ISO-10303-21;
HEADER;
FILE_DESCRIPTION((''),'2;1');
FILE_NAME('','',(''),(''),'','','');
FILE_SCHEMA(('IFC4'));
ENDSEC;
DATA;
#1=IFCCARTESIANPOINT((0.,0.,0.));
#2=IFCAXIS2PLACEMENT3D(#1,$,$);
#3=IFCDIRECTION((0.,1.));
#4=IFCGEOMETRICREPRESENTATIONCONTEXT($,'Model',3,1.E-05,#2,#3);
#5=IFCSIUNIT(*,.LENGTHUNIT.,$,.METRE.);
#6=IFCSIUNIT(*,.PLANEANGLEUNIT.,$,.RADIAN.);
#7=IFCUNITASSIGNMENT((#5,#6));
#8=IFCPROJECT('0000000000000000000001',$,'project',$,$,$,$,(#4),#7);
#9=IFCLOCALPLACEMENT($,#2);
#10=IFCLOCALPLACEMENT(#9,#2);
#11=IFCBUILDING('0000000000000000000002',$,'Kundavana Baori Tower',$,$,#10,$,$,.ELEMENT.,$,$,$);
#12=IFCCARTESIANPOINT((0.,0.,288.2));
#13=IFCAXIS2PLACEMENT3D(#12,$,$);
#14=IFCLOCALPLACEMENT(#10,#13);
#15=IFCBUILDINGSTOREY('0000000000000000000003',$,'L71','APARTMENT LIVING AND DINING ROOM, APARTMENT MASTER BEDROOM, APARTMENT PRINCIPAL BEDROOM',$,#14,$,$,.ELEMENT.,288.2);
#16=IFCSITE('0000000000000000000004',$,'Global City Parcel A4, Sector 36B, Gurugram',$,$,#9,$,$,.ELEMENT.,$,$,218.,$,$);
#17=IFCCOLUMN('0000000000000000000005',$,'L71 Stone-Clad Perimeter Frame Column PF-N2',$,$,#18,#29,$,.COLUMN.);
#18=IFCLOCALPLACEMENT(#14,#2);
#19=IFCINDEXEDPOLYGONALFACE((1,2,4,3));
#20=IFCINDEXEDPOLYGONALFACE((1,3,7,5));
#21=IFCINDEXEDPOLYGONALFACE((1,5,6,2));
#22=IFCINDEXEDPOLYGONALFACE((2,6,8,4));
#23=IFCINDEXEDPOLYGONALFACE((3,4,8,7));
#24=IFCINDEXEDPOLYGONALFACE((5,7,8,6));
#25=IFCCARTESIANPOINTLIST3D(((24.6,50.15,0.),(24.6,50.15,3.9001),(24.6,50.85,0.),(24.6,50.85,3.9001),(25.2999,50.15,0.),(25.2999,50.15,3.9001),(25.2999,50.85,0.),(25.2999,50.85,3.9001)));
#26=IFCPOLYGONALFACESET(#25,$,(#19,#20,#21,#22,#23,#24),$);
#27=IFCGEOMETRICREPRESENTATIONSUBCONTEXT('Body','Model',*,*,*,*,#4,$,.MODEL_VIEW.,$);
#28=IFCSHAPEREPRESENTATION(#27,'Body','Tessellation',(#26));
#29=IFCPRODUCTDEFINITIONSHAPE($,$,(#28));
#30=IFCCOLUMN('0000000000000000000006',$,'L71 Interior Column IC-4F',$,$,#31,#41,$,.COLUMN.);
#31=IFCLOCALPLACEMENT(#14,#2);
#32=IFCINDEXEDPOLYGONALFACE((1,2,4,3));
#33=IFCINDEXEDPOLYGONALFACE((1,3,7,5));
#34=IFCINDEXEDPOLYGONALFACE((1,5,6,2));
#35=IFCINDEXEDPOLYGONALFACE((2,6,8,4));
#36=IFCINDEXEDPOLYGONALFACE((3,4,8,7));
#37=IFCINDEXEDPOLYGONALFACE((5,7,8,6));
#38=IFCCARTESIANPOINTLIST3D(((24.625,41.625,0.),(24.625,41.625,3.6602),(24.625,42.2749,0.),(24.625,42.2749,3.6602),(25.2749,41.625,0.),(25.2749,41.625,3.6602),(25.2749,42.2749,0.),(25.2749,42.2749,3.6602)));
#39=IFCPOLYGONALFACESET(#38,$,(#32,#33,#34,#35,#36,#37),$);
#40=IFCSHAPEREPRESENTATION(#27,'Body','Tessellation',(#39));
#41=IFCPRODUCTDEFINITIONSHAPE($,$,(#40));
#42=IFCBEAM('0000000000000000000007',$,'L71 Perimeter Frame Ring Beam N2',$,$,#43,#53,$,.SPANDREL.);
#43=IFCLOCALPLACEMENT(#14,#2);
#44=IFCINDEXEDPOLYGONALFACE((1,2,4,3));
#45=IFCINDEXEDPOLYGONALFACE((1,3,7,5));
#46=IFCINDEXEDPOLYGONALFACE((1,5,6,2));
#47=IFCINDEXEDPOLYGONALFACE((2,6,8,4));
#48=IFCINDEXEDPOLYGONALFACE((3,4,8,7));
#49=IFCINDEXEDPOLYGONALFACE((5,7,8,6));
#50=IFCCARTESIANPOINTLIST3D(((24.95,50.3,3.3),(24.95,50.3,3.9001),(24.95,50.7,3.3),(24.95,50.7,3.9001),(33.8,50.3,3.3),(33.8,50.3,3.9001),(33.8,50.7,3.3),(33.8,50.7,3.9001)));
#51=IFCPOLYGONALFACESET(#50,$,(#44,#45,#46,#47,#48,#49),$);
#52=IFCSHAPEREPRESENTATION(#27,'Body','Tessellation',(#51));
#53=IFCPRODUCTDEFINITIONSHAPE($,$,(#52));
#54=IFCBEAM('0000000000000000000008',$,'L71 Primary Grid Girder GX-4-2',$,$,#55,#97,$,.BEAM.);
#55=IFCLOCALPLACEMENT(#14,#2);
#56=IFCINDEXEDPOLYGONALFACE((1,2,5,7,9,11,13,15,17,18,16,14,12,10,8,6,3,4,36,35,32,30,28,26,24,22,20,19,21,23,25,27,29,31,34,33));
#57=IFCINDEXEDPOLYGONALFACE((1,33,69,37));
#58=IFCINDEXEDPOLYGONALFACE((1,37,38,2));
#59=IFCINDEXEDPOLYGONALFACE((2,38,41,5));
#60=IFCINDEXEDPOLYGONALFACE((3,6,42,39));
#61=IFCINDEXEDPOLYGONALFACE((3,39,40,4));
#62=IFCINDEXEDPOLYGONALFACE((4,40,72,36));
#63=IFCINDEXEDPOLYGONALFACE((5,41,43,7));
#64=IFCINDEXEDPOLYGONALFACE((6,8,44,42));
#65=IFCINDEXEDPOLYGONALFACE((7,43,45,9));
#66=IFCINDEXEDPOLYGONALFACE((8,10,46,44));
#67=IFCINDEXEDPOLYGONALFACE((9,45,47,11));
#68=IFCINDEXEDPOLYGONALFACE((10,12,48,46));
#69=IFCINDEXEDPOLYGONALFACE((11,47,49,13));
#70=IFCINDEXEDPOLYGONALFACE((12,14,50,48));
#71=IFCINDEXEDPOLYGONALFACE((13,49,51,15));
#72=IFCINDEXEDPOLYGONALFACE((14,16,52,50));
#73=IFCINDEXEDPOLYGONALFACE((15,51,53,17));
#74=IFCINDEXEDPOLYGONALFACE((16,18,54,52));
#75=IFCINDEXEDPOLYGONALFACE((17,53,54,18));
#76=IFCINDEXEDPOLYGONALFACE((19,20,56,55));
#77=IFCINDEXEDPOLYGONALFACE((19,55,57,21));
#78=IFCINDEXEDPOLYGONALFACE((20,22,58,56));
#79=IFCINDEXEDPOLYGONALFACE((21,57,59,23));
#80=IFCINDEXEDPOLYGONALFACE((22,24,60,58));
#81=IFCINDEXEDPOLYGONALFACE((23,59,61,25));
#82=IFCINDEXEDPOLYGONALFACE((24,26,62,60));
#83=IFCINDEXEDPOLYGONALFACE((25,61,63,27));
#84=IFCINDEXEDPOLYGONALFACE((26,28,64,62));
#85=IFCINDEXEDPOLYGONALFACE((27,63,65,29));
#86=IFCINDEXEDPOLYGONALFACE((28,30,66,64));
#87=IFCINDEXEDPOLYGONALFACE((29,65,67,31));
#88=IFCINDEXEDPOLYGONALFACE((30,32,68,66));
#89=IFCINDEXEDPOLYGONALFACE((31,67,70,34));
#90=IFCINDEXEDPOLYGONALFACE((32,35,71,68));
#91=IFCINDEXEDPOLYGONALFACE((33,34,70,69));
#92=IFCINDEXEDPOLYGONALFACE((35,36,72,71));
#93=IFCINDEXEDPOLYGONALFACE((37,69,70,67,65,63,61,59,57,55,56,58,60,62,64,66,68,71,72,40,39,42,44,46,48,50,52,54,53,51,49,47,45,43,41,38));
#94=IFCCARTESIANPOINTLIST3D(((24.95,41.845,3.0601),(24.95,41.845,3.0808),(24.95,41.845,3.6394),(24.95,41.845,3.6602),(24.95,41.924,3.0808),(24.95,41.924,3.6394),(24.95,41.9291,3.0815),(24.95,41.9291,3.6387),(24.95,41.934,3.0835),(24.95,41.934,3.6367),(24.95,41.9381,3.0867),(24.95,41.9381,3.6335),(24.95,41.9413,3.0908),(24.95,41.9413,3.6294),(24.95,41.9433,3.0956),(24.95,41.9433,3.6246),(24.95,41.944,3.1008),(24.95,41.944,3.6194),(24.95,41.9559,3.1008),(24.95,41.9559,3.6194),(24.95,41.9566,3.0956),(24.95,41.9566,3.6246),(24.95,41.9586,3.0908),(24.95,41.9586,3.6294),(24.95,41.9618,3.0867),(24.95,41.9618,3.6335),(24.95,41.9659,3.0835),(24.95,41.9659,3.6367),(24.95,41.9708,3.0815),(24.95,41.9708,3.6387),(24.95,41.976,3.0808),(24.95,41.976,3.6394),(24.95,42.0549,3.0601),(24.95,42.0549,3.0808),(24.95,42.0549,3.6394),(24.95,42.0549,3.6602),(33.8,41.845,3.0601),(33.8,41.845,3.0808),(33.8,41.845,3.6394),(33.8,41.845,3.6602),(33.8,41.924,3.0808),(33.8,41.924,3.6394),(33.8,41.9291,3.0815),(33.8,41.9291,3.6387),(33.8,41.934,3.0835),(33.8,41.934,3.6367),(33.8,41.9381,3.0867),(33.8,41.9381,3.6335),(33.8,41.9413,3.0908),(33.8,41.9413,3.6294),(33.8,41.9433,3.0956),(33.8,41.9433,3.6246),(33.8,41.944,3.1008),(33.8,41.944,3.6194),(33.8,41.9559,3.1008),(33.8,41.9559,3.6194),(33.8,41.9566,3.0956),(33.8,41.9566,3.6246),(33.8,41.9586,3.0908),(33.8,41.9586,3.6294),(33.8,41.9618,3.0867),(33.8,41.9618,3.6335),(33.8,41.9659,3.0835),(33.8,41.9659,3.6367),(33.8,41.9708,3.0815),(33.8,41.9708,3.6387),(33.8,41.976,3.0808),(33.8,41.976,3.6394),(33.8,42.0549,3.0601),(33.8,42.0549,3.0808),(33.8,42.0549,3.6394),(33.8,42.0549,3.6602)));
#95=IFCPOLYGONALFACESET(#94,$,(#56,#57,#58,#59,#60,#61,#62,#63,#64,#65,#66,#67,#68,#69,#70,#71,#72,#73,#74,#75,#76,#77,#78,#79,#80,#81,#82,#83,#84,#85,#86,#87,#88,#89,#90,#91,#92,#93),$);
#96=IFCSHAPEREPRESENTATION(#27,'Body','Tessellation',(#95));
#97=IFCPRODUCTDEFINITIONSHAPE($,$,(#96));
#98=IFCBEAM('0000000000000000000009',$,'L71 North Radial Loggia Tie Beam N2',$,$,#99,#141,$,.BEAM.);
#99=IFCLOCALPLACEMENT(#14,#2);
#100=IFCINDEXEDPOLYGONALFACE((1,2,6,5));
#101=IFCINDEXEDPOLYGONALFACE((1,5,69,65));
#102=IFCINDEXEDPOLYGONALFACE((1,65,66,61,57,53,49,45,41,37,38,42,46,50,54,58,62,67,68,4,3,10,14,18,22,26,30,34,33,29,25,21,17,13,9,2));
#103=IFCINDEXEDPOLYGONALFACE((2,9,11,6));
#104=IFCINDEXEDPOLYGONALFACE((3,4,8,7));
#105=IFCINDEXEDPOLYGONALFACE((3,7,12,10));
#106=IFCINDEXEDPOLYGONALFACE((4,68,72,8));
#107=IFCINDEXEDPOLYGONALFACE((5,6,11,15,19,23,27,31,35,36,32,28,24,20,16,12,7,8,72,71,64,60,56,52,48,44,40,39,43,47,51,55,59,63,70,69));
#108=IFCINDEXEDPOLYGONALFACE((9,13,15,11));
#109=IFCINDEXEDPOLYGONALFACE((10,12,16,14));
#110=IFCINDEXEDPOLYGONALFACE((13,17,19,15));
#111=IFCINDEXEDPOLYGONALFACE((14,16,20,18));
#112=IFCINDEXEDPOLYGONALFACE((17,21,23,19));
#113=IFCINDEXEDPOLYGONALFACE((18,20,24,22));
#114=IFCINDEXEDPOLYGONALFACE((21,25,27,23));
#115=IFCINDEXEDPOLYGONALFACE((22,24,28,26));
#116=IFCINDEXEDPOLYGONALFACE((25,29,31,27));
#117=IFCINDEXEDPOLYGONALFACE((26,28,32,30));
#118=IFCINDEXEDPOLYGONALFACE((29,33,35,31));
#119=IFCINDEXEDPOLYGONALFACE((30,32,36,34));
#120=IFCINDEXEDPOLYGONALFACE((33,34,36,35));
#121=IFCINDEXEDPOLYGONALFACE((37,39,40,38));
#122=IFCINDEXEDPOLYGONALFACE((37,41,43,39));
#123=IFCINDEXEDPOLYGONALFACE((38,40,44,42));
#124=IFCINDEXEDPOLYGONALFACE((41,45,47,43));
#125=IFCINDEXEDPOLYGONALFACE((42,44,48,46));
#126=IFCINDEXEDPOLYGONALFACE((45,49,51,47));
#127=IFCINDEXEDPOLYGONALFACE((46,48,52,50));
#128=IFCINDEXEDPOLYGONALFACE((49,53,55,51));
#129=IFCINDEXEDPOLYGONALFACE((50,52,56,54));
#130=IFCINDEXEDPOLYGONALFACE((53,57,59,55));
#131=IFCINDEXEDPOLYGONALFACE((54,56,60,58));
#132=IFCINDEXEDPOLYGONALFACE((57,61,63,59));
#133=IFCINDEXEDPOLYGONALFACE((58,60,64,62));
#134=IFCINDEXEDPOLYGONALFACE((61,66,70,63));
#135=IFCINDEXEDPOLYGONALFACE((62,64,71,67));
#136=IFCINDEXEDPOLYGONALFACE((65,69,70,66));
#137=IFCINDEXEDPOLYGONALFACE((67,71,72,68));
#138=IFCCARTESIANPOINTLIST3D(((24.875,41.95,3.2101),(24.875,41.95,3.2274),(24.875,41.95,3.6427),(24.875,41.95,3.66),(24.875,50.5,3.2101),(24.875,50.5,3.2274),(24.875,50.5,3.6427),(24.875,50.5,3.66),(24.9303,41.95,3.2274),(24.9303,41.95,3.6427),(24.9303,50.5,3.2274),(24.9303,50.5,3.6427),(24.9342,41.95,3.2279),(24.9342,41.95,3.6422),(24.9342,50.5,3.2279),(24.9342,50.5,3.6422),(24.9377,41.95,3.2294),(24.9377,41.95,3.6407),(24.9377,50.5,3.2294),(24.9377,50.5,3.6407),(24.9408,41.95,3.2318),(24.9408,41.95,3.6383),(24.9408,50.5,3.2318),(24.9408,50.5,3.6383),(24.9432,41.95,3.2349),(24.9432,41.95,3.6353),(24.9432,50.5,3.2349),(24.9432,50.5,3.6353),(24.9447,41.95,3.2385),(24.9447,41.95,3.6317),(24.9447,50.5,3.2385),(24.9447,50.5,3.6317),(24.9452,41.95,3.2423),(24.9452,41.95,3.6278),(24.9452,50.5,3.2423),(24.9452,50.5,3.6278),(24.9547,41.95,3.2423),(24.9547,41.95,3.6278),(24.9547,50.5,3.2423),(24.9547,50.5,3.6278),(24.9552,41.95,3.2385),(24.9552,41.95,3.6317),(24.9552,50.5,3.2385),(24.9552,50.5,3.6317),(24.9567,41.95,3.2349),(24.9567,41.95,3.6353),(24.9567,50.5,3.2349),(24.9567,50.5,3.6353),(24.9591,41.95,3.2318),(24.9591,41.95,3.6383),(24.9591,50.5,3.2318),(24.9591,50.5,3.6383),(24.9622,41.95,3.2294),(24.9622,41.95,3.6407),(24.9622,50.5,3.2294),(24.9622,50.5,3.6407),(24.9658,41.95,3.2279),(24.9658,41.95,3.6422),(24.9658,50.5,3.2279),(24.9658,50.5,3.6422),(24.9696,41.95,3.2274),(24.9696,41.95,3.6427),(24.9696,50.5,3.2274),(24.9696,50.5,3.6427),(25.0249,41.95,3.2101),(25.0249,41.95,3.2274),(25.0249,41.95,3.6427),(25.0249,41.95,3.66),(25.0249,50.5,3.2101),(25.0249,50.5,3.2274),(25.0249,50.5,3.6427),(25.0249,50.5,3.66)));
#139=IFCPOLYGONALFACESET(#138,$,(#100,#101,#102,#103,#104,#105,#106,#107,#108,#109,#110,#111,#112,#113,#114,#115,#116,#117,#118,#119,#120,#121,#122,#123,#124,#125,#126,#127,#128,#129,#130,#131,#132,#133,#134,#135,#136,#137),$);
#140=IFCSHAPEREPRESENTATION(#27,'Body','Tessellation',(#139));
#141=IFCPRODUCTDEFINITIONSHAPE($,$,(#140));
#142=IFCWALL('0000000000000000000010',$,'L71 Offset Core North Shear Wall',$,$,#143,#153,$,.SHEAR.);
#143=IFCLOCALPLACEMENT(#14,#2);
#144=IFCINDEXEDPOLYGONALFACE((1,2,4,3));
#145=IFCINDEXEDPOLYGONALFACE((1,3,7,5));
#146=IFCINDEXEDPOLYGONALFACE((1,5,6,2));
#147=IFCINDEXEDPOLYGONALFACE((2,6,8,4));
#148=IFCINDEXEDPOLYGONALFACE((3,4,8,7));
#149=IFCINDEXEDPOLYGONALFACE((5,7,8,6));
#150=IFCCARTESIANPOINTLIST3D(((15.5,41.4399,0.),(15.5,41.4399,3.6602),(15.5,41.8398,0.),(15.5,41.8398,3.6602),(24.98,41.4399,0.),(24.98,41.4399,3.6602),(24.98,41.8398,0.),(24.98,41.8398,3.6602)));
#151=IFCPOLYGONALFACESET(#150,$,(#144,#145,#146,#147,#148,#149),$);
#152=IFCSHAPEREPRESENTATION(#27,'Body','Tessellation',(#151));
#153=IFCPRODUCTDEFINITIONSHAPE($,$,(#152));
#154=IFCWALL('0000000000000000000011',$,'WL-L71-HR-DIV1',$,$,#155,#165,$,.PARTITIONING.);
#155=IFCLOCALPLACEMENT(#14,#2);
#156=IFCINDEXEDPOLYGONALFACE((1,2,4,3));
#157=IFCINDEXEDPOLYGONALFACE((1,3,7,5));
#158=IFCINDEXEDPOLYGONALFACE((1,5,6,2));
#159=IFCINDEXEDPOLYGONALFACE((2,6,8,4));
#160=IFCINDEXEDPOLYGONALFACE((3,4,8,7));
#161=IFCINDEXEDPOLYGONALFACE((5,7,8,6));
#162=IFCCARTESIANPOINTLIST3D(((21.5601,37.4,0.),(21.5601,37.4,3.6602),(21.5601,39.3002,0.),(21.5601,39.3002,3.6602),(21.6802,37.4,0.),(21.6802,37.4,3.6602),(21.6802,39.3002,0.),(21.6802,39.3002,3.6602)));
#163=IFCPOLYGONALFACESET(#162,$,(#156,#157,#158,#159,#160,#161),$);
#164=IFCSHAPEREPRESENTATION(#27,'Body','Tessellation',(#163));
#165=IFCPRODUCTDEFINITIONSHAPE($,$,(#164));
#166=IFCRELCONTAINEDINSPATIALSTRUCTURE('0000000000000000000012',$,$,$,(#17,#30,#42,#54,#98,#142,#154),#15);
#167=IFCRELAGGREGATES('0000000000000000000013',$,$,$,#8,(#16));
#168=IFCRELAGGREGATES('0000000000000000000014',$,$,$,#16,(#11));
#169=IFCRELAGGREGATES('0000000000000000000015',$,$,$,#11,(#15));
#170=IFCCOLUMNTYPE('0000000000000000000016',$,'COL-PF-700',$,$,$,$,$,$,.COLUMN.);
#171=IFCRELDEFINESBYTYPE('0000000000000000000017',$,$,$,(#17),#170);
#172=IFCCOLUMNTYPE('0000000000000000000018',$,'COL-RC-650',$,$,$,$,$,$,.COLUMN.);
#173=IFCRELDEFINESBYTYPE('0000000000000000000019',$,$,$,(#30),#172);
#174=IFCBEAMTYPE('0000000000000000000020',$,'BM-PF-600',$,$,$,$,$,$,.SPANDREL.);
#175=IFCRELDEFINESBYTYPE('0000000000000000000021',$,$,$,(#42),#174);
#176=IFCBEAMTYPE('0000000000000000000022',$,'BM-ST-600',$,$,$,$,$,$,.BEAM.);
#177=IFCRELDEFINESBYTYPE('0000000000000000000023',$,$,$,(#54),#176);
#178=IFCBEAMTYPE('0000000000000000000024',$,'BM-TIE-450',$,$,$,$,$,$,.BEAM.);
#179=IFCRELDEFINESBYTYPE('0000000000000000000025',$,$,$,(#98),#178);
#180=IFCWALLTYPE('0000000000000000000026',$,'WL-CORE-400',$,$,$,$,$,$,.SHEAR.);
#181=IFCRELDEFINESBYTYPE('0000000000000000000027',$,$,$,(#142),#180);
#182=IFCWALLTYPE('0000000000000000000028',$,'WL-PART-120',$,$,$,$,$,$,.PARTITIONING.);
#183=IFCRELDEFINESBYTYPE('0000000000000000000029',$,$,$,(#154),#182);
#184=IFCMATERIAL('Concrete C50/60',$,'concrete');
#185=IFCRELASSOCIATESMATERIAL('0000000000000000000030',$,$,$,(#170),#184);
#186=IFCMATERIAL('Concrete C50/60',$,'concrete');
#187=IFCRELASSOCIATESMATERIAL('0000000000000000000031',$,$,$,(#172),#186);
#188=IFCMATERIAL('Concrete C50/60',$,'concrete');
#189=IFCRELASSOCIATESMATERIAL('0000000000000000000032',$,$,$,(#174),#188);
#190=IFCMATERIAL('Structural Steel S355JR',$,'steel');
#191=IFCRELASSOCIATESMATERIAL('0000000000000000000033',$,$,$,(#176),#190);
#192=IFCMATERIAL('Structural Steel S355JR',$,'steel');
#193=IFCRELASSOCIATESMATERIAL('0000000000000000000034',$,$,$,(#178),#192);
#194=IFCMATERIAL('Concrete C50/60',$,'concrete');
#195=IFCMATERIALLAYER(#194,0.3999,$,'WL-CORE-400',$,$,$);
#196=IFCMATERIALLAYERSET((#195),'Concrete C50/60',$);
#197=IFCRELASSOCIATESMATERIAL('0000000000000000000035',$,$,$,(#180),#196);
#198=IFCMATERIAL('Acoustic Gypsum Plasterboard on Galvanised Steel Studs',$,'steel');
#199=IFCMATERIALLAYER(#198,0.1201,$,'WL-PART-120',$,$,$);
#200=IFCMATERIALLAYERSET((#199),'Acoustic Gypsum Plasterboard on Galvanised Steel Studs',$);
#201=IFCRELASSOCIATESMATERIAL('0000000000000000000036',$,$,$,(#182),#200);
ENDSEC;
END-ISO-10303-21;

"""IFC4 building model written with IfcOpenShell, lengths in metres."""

from ifc_helpers import new_model, si_unit, direction, frame, frame_2d, origin, origin_2d, place, context, subcontext, project, spatial, rectangle, i_section, extrude, material, layer, layer_set, material_profile, profile_set, type_object, element, save


model = new_model("IFC4")

# Units and contexts
model_context = context("Model", 3, precision=1e-05, world=origin(), true_north=direction((0.0, 1.0)))
body_context = subcontext(model_context, "Body", "Model", "MODEL_VIEW")
ifc_project = project(units=[si_unit("LENGTHUNIT", "METRE"), si_unit("PLANEANGLEUNIT", "RADIAN")], contexts=[model_context])

# Site, building, storey
site_placement = place(None, origin())
site = spatial("IfcSite", under=ifc_project, at=site_placement, Name="Global City Parcel A4, Sector 36B, Gurugram", CompositionType="ELEMENT", RefElevation=218.0)
building_placement = place(site_placement, origin())
building = spatial("IfcBuilding", under=site, at=building_placement, Name="Kundavana Baori Tower", CompositionType="ELEMENT")
storey_placement = place(building_placement, frame((0.0, 0.0, 288.2)))
storey = spatial("IfcBuildingStorey", under=building, at=storey_placement, Name="L71", Description="APARTMENT LIVING AND DINING ROOM, APARTMENT MASTER BEDROOM, APARTMENT PRINCIPAL BEDROOM", CompositionType="ELEMENT", Elevation=288.2)

# Columns
ifc_material_1 = material(Name="Concrete C50/60", Category="concrete")
ifc_material_profile_1 = material_profile(ifc_material_1, rectangle(XDim=0.7, YDim=0.7, at=origin_2d()), Name="RC PF 700x700")
ifc_profile_set_1 = profile_set([ifc_material_profile_1], Name="Concrete C50/60")
column_type_1 = type_object("IfcColumnType", Name="COL-PF-700", PredefinedType="COLUMN", material=ifc_profile_set_1)
column_1_placement = place(storey_placement, frame((24.95, 50.5, 0.0), z_axis=(0.0, 0.0, 1.0), x_axis=(1.0, 0.0, 0.0)))
element("IfcColumn", 1, at=column_1_placement, inside=storey, type_object=column_type_1, Name="L71 Stone-Clad Perimeter Frame Column PF-N2", PredefinedType="COLUMN", context=body_context, shape_type="SweptSolid", body=[
    extrude(rectangle(XDim=0.7, YDim=0.7, at=origin_2d()), origin(), (0.0, 0.0, 1.0), 3.9001),
])
ifc_material_2 = material(Name="Concrete C50/60", Category="concrete")
ifc_material_profile_2 = material_profile(ifc_material_2, rectangle(XDim=0.6499, YDim=0.6499, at=origin_2d()), Name="RC 650x650")
ifc_profile_set_2 = profile_set([ifc_material_profile_2], Name="Concrete C50/60")
column_type_2 = type_object("IfcColumnType", Name="COL-RC-650", PredefinedType="COLUMN", material=ifc_profile_set_2)
column_2_placement = place(storey_placement, frame((24.95, 41.95, 0.0), z_axis=(0.0, 0.0, 1.0), x_axis=(1.0, 0.0, 0.0)))
element("IfcColumn", 2, at=column_2_placement, inside=storey, type_object=column_type_2, Name="L71 Interior Column IC-4F", PredefinedType="COLUMN", context=body_context, shape_type="SweptSolid", body=[
    extrude(rectangle(XDim=0.6499, YDim=0.6499, at=origin_2d()), origin(), (0.0, 0.0, 1.0), 3.6602),
])

# Beams
ifc_material_3 = material(Name="Concrete C50/60", Category="concrete")
ifc_material_profile_3 = material_profile(ifc_material_3, rectangle(XDim=0.3999, YDim=0.6001, at=origin_2d()), Name="RC BM 400x600")
ifc_profile_set_3 = profile_set([ifc_material_profile_3], Name="Concrete C50/60")
beam_type_1 = type_object("IfcBeamType", Name="BM-PF-600", PredefinedType="SPANDREL", material=ifc_profile_set_3)
beam_1_placement = place(storey_placement, frame((24.95, 50.5, 3.6001), z_axis=(1.0, 0.0, 0.0), x_axis=(0.0, 1.0, 0.0)))
element("IfcBeam", 3, at=beam_1_placement, inside=storey, type_object=beam_type_1, Name="L71 Perimeter Frame Ring Beam N2", PredefinedType="SPANDREL", context=body_context, shape_type="SweptSolid", body=[
    extrude(rectangle(XDim=0.3999, YDim=0.6001, at=origin_2d()), origin(), (0.0, 0.0, 1.0), 8.8501),
])
ifc_material_4 = material(Name="Structural Steel S355JR", Category="steel")
ifc_material_profile_4 = material_profile(ifc_material_4, i_section(OverallWidth=0.21, OverallDepth=0.6001, WebThickness=0.012, FlangeThickness=0.0208, FilletRadius=0.02, at=origin_2d()), Name="ISMB 600")
ifc_profile_set_4 = profile_set([ifc_material_profile_4], Name="Structural Steel S355JR")
beam_type_2 = type_object("IfcBeamType", Name="BM-ST-600", PredefinedType="BEAM", material=ifc_profile_set_4)
beam_2_placement = place(storey_placement, frame((24.95, 41.95, 3.3601), z_axis=(1.0, 0.0, 0.0), x_axis=(0.0, 1.0, 0.0)))
element("IfcBeam", 4, at=beam_2_placement, inside=storey, type_object=beam_type_2, Name="L71 Primary Grid Girder GX-4-2", PredefinedType="BEAM", context=body_context, shape_type="SweptSolid", body=[
    extrude(i_section(OverallWidth=0.21, OverallDepth=0.6001, WebThickness=0.012, FlangeThickness=0.0208, FilletRadius=0.02, at=origin_2d()), origin(), (0.0, 0.0, 1.0), 8.8501),
])
ifc_material_5 = material(Name="Structural Steel S355JR", Category="steel")
ifc_material_profile_5 = material_profile(ifc_material_5, i_section(OverallWidth=0.1499, OverallDepth=0.45, WebThickness=0.0095, FlangeThickness=0.0173, FilletRadius=0.0149, at=origin_2d()), Name="ISMB 450")
ifc_profile_set_5 = profile_set([ifc_material_profile_5], Name="Structural Steel S355JR")
beam_type_3 = type_object("IfcBeamType", Name="BM-TIE-450", PredefinedType="BEAM", material=ifc_profile_set_5)
beam_3_placement = place(storey_placement, frame((24.95, 41.95, 3.4351), z_axis=(0.0, 1.0, 0.0), x_axis=(-1.0, 0.0, 0.0)))
element("IfcBeam", 5, at=beam_3_placement, inside=storey, type_object=beam_type_3, Name="L71 North Radial Loggia Tie Beam N2", PredefinedType="BEAM", context=body_context, shape_type="SweptSolid", body=[
    extrude(i_section(OverallWidth=0.1499, OverallDepth=0.45, WebThickness=0.0095, FlangeThickness=0.0173, FilletRadius=0.0149, at=origin_2d()), origin(), (0.0, 0.0, 1.0), 8.55),
])

# Walls
ifc_material_6 = material(Name="Concrete C50/60", Category="concrete")
ifc_layer_1 = layer(ifc_material_6, 0.3999, Name="WL-CORE-400")
ifc_layer_set_1 = layer_set([ifc_layer_1], Name="Concrete C50/60")
wall_type_1 = type_object("IfcWallType", Name="WL-CORE-400", PredefinedType="SHEAR", material=ifc_layer_set_1)
wall_1_placement = place(storey_placement, frame((15.5, 41.6399, 0.0), z_axis=(0.0, 0.0, 1.0), x_axis=(1.0, 0.0, 0.0)))
element("IfcWall", 6, at=wall_1_placement, inside=storey, type_object=wall_type_1, Name="L71 Offset Core North Shear Wall", PredefinedType="SHEAR", context=body_context, shape_type="SweptSolid", body=[
    extrude(rectangle(XDim=9.48, YDim=0.3999, at=frame_2d((4.74, 0.0))), origin(), (0.0, 0.0, 1.0), 3.6602),
])
ifc_material_7 = material(Name="Acoustic Gypsum Plasterboard on Galvanised Steel Studs", Category="steel")
ifc_layer_2 = layer(ifc_material_7, 0.1201, Name="WL-PART-120")
ifc_layer_set_2 = layer_set([ifc_layer_2], Name="Acoustic Gypsum Plasterboard on Galvanised Steel Studs")
wall_type_2 = type_object("IfcWallType", Name="WL-PART-120", PredefinedType="PARTITIONING", material=ifc_layer_set_2)
wall_2_placement = place(storey_placement, frame((21.6201, 37.3999, 0.0), z_axis=(0.0, 0.0, 1.0), x_axis=(0.0, 1.0, 0.0)))
element("IfcWall", 7, at=wall_2_placement, inside=storey, type_object=wall_type_2, Name="WL-L71-HR-DIV1", PredefinedType="PARTITIONING", context=body_context, shape_type="SweptSolid", body=[
    extrude(rectangle(XDim=1.9001, YDim=0.1201, at=frame_2d((0.9502, 0.0))), origin(), (0.0, 0.0, 1.0), 3.6602),
])

save(model, "model.ifc")
